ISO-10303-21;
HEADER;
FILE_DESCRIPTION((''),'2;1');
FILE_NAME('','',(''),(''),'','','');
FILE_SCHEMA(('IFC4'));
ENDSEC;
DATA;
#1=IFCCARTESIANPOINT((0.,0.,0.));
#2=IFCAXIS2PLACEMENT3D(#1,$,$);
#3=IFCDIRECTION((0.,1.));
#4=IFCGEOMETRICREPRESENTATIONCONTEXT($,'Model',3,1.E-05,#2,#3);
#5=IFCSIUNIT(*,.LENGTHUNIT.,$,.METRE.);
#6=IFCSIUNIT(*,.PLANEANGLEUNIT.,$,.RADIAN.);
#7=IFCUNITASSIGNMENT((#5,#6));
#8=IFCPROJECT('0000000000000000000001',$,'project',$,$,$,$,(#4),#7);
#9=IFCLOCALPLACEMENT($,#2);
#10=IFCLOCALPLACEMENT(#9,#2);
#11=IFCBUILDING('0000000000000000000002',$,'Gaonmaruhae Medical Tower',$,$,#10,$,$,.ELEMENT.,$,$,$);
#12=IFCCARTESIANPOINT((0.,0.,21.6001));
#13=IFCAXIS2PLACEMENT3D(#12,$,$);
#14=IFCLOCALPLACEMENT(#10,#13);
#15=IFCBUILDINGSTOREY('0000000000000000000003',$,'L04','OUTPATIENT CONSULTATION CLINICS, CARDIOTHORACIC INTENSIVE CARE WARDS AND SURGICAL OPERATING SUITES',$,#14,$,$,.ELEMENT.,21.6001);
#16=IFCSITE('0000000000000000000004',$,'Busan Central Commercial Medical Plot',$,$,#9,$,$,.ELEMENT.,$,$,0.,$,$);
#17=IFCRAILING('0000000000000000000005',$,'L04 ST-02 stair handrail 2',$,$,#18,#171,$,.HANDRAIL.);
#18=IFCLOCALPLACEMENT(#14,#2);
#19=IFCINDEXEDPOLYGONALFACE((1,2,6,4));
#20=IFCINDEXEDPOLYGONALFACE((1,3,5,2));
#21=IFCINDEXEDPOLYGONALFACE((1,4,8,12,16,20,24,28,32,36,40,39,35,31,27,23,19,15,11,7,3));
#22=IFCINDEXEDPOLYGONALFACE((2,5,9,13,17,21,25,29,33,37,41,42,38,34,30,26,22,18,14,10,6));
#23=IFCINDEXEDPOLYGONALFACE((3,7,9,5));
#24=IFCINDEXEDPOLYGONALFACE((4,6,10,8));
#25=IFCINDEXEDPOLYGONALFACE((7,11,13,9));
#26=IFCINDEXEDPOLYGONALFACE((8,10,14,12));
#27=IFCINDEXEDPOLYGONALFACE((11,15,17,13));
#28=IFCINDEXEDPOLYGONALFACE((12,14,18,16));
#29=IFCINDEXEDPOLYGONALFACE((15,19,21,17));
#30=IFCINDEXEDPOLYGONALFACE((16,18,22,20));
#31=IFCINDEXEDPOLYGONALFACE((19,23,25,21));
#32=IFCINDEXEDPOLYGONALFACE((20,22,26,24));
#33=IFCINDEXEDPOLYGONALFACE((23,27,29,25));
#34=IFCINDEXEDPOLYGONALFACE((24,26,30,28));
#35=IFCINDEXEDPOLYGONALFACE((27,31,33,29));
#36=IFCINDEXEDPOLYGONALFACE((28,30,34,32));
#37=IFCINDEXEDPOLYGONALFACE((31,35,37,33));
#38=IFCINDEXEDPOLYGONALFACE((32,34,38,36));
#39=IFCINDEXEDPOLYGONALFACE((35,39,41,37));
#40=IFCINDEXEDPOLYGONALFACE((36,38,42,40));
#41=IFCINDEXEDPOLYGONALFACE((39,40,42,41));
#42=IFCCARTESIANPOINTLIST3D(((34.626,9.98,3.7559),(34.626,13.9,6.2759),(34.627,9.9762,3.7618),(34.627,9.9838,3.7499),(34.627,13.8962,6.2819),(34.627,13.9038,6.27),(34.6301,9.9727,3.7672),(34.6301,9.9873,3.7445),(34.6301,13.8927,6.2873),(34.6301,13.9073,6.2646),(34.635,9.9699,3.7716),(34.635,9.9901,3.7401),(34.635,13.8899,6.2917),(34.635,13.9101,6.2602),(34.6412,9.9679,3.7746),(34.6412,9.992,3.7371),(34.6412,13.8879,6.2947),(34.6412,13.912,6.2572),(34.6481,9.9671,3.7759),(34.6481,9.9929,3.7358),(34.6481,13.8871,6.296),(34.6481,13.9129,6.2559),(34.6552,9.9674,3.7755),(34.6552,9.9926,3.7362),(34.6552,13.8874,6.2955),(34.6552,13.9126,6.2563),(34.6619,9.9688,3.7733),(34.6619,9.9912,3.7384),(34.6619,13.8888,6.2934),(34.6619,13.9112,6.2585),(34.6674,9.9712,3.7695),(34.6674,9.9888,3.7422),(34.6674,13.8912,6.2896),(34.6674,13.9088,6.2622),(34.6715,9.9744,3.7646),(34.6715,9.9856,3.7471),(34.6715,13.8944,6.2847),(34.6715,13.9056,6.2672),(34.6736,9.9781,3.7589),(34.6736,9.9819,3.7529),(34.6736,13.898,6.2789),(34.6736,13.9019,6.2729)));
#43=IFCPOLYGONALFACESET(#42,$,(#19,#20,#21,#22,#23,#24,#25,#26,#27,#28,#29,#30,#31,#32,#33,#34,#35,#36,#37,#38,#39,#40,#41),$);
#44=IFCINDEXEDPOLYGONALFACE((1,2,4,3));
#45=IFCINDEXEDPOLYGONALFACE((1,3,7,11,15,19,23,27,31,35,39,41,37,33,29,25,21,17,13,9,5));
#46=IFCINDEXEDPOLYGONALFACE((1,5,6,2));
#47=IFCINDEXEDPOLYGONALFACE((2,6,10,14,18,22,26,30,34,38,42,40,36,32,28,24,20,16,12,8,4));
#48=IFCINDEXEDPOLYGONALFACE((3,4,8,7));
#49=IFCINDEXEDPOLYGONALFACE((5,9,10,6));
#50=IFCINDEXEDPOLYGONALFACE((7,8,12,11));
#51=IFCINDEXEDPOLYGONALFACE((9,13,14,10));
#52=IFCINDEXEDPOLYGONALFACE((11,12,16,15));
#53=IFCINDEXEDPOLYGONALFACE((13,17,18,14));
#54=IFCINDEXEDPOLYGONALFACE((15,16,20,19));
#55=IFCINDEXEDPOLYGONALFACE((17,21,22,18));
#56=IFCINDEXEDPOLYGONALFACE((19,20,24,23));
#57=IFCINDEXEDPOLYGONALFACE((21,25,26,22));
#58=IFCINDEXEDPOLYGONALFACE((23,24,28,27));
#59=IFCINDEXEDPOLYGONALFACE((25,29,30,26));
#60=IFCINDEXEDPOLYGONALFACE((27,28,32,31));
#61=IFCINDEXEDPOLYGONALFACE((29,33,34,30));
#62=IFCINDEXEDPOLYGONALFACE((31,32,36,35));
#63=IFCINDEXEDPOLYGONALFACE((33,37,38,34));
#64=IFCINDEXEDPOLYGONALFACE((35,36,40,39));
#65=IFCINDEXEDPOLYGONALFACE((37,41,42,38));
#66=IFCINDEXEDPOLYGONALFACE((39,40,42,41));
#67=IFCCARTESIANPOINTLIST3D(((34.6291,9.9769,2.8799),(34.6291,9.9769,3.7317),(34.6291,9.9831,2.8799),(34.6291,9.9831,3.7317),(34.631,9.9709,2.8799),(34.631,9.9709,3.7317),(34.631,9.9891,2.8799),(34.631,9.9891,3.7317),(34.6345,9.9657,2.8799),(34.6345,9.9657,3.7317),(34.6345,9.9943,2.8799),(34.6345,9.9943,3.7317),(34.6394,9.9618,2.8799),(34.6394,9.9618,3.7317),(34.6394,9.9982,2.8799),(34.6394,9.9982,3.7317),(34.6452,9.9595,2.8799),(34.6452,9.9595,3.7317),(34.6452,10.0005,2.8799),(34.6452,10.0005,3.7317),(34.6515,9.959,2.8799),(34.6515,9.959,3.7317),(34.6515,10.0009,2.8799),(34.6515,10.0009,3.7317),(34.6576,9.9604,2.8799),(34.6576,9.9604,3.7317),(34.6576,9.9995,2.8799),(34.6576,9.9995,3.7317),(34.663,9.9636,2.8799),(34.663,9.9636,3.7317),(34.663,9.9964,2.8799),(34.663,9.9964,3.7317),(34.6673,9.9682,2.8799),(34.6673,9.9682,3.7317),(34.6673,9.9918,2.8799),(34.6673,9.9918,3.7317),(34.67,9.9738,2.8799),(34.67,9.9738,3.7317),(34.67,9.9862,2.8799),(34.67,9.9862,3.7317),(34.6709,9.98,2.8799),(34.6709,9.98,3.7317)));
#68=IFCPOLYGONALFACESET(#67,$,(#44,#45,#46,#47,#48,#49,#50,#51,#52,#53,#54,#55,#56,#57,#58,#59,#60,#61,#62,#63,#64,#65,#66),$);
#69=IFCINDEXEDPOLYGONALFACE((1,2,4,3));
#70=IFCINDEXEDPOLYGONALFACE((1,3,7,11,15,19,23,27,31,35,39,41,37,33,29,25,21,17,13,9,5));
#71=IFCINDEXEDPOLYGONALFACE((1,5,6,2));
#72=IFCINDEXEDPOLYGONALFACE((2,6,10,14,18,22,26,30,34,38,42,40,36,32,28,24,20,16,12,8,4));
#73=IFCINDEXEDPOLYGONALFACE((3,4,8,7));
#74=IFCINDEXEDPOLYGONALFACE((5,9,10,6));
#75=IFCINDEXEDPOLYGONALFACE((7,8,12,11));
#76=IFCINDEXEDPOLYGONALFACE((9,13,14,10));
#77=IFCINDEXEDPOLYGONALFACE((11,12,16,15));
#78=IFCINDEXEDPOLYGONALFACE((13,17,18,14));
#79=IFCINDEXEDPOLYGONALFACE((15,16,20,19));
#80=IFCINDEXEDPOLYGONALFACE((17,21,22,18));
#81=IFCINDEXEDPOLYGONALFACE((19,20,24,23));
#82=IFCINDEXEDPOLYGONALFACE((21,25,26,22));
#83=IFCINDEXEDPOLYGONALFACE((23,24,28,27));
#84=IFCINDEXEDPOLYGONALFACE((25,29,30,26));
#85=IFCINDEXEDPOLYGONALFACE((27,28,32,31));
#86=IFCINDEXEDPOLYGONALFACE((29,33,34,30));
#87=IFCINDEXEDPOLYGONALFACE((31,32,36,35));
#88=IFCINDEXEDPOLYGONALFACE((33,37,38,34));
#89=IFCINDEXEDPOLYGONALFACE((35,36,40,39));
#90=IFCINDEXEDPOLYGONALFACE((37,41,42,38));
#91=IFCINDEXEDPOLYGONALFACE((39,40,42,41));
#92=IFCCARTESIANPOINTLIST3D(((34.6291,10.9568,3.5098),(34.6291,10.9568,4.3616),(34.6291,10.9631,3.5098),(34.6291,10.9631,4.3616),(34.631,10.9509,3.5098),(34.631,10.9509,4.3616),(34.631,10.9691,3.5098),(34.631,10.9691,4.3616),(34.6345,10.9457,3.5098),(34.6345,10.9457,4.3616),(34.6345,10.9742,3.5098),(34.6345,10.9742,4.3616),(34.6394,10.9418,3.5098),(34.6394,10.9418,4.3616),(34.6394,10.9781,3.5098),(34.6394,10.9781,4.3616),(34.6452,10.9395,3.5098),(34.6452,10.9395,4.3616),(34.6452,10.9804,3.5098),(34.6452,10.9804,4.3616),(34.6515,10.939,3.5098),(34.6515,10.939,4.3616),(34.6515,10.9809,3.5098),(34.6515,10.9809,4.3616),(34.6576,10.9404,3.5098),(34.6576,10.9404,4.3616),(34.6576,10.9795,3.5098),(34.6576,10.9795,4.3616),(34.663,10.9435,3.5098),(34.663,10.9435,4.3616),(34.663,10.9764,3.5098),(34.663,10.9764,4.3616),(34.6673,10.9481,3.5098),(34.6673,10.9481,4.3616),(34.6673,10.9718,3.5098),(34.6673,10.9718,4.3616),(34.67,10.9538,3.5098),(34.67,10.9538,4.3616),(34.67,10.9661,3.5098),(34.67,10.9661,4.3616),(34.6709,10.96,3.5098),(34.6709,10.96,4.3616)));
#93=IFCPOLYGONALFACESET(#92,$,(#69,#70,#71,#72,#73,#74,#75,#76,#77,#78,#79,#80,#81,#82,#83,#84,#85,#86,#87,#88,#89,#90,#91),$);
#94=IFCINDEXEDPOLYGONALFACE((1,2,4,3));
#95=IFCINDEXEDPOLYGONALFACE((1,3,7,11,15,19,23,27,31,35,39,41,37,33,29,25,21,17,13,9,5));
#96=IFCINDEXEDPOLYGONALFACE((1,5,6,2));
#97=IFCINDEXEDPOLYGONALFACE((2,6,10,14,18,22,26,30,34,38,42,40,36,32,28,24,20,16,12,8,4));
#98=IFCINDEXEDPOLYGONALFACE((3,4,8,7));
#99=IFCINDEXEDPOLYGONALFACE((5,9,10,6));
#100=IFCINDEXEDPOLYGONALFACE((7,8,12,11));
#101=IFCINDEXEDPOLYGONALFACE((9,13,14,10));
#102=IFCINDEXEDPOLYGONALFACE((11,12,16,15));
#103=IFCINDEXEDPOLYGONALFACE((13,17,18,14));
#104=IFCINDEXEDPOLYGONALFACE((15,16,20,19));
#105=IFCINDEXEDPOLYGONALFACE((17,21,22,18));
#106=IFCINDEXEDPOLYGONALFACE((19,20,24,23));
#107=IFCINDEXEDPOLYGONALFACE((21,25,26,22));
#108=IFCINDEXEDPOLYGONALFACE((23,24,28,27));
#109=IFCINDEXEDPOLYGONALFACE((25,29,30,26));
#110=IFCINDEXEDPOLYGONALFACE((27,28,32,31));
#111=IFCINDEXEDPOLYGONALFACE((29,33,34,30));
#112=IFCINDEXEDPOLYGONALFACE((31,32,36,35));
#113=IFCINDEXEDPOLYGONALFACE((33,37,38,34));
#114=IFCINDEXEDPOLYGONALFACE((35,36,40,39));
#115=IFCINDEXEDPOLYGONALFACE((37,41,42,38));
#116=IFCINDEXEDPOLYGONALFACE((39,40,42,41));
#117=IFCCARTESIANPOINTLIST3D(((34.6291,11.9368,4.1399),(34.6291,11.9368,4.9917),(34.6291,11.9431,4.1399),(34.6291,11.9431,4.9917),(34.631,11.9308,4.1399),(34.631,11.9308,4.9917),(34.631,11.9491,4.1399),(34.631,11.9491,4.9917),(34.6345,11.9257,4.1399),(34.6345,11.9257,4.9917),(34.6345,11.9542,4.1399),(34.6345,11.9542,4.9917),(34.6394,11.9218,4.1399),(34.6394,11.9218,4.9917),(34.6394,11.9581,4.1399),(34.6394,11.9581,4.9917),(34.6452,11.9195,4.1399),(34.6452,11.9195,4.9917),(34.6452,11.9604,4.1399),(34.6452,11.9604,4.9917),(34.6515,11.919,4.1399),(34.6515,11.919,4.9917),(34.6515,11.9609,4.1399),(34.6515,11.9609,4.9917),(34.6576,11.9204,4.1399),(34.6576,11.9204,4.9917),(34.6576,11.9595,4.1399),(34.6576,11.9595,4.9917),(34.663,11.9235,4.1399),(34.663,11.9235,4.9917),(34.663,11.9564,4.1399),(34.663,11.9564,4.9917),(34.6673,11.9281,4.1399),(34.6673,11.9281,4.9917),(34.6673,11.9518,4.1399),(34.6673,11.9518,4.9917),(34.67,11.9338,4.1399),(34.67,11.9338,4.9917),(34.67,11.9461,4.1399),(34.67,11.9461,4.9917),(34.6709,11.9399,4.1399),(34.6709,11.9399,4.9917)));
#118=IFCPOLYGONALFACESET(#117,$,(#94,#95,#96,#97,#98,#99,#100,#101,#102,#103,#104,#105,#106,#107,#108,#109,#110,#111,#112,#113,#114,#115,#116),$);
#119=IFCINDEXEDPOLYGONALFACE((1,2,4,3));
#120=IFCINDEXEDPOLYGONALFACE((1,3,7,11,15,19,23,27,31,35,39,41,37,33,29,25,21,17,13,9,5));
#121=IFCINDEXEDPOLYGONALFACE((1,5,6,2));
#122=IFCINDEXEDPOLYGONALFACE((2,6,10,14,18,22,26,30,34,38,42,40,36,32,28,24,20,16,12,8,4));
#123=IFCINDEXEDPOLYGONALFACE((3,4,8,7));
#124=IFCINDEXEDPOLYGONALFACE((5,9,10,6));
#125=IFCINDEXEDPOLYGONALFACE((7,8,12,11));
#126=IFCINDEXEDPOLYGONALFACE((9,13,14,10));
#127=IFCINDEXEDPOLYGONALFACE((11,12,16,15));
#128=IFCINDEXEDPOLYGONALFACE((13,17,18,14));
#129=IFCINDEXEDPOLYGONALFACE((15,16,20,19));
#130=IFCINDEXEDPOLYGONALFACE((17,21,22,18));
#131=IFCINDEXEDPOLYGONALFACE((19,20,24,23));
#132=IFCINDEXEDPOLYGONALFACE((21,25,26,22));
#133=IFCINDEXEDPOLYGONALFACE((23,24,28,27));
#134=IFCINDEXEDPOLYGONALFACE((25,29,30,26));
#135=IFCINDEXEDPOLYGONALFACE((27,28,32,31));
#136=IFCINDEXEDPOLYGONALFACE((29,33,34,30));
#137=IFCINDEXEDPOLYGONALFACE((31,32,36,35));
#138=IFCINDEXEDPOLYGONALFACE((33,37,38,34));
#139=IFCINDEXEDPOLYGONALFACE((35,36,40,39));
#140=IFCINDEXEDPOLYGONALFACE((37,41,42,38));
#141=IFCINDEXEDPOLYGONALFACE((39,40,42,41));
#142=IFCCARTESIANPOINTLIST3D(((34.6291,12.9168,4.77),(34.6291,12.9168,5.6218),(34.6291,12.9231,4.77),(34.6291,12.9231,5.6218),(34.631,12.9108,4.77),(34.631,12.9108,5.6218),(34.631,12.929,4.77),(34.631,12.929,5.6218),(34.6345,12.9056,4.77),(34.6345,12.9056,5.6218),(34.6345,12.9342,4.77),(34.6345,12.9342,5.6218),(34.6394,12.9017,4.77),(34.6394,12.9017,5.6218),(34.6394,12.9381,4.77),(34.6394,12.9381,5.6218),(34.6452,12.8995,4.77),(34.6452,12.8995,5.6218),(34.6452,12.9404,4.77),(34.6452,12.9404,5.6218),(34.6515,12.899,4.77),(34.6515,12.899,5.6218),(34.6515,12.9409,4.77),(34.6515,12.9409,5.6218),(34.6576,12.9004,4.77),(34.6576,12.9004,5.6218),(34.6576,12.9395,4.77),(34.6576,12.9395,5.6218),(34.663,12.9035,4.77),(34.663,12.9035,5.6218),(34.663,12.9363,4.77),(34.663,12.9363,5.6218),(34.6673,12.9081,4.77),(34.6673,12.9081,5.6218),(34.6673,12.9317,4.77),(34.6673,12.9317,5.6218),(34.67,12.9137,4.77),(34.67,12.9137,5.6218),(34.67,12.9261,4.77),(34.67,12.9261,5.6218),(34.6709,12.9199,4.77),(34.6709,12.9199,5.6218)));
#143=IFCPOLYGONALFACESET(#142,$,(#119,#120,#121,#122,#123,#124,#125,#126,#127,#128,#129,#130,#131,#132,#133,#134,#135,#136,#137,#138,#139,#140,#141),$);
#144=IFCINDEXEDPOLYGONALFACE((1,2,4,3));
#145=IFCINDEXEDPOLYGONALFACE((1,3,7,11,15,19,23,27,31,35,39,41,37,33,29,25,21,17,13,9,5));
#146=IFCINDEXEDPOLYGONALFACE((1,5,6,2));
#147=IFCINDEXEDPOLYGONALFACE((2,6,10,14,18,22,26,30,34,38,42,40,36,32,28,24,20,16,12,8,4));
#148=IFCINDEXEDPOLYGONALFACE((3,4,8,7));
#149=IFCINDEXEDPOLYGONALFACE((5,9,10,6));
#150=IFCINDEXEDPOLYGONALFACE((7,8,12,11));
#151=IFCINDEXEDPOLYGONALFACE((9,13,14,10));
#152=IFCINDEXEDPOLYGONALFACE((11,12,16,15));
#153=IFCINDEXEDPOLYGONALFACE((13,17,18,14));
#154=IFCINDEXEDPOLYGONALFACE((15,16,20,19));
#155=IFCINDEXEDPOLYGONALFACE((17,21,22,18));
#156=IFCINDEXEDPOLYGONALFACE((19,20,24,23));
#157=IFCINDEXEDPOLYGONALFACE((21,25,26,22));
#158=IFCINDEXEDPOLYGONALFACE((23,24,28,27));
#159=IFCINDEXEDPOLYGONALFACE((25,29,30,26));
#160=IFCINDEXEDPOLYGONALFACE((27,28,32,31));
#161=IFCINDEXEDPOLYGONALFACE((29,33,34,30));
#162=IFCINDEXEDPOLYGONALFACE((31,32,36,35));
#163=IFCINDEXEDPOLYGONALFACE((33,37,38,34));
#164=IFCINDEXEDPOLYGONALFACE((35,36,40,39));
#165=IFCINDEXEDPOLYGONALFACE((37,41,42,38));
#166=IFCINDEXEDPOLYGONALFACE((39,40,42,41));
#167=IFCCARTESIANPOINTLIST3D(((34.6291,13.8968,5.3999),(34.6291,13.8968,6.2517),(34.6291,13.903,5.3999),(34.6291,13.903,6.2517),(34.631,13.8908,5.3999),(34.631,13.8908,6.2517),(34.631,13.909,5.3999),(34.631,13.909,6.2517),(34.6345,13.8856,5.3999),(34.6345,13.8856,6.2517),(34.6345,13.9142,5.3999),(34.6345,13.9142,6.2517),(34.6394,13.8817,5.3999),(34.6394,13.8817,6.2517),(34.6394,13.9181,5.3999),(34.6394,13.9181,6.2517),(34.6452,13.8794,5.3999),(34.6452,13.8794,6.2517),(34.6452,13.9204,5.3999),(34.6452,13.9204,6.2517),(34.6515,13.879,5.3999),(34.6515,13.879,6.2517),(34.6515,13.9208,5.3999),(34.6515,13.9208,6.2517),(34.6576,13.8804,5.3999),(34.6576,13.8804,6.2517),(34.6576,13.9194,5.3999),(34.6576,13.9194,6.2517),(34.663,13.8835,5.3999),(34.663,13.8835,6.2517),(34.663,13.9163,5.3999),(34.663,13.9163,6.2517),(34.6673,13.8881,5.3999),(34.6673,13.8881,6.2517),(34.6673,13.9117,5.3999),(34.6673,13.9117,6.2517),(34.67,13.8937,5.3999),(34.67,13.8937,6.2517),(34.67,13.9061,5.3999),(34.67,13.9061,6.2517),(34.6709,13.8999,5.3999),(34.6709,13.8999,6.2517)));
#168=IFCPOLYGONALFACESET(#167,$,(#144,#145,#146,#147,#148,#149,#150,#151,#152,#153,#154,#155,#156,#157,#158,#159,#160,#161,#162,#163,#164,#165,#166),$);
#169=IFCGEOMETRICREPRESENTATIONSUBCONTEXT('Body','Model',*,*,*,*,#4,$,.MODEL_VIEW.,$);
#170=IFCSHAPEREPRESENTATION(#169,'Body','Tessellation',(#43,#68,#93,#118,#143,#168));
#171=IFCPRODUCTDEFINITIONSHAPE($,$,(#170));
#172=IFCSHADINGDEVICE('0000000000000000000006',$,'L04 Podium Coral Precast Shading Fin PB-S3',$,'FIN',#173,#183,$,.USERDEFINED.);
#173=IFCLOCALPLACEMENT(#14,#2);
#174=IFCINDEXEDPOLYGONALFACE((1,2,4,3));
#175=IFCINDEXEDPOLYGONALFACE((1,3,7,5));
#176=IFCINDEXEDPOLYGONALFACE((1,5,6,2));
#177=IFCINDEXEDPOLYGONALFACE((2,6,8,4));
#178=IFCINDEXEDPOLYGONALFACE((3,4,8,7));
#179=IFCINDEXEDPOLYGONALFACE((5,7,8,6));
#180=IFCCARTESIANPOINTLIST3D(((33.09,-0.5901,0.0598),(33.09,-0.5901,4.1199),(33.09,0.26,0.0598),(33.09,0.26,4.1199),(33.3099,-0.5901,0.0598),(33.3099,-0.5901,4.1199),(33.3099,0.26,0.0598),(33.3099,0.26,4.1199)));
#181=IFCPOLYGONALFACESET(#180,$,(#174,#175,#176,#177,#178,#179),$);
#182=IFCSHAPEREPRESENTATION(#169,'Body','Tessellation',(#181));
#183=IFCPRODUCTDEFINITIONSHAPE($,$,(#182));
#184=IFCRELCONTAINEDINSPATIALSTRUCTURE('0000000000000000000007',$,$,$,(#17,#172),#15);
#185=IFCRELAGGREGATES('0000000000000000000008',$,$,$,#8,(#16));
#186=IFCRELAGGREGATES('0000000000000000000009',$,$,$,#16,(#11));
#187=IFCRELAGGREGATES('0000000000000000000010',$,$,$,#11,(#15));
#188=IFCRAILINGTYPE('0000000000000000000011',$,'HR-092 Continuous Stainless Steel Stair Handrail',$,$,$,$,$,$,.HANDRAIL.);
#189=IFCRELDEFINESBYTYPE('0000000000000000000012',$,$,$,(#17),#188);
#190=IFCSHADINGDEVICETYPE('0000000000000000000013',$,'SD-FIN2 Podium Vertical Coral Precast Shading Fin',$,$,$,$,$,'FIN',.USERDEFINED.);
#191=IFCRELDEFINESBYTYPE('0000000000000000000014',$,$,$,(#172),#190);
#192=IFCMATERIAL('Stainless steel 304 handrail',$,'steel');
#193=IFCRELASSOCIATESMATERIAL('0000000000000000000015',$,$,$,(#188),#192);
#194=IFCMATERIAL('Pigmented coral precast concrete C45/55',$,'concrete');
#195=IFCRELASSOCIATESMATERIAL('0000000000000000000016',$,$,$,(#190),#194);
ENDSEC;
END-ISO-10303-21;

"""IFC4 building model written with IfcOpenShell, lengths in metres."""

from ifc_helpers import new_model, si_unit, direction, frame, origin, origin_2d, place, context, subcontext, project, spatial, rectangle, circle, extrude, material, type_object, element, save


model = new_model("IFC4")

# Units and contexts
model_context = context("Model", 3, precision=1e-05, world=origin(), true_north=direction((0.0, 1.0)))
body_context = subcontext(model_context, "Body", "Model", "MODEL_VIEW")
ifc_project = project(units=[si_unit("LENGTHUNIT", "METRE"), si_unit("PLANEANGLEUNIT", "RADIAN")], contexts=[model_context])

# Site, building, storey
site_placement = place(None, origin())
site = spatial("IfcSite", under=ifc_project, at=site_placement, Name="Busan Central Commercial Medical Plot", CompositionType="ELEMENT", RefElevation=0.0)
building_placement = place(site_placement, origin())
building = spatial("IfcBuilding", under=site, at=building_placement, Name="Gaonmaruhae Medical Tower", CompositionType="ELEMENT")
storey_placement = place(building_placement, frame((0.0, 0.0, 21.6001)))
storey = spatial("IfcBuildingStorey", under=building, at=storey_placement, Name="L04", Description="OUTPATIENT CONSULTATION CLINICS, CARDIOTHORACIC INTENSIVE CARE WARDS AND SURGICAL OPERATING SUITES", CompositionType="ELEMENT", Elevation=21.6001)

# Railing
ifc_material_1 = material(Name="Stainless steel 304 handrail", Category="steel")
railing_type_1 = type_object("IfcRailingType", Name="HR-092 Continuous Stainless Steel Stair Handrail", PredefinedType="HANDRAIL", material=ifc_material_1)
railing_1_placement = place(storey_placement, frame((34.6499, 9.98, 2.8799)))
element("IfcRailing", 1, at=railing_1_placement, inside=storey, type_object=railing_type_1, Name="L04 ST-02 stair handrail 2", PredefinedType="HANDRAIL", context=body_context, shape_type="SweptSolid", body=[
    extrude(circle(Radius=0.0239, at=origin_2d()), frame((0.0, 0.0, 0.876), z_axis=(0.0, 0.841172, 0.540768), x_axis=(-1.0, 0.0, 0.0)), (0.0, 0.0, 1.0), 4.6602),
    extrude(circle(Radius=0.021, at=origin_2d()), origin(), (0.0, 0.0, 1.0), 0.8518),
    extrude(circle(Radius=0.021, at=origin_2d()), frame((0.0, 0.98, 0.6299)), (0.0, 0.0, 1.0), 0.8518),
    extrude(circle(Radius=0.021, at=origin_2d()), frame((0.0, 1.96, 1.26)), (0.0, 0.0, 1.0), 0.8518),
    extrude(circle(Radius=0.021, at=origin_2d()), frame((0.0, 2.9399, 1.8901)), (0.0, 0.0, 1.0), 0.8518),
    extrude(circle(Radius=0.021, at=origin_2d()), frame((0.0, 3.9199, 2.52)), (0.0, 0.0, 1.0), 0.8518),
])

# Shading device
ifc_material_2 = material(Name="Pigmented coral precast concrete C45/55", Category="concrete")
shading_device_type = type_object("IfcShadingDeviceType", Name="SD-FIN2 Podium Vertical Coral Precast Shading Fin", ElementType="FIN", PredefinedType="USERDEFINED", material=ifc_material_2)
shading_device_placement = place(storey_placement, frame((33.2, -0.165, 0.0598), z_axis=(0.0, 0.0, 1.0), x_axis=(-1.0, 0.0, 0.0)))
element("IfcShadingDevice", 2, at=shading_device_placement, inside=storey, type_object=shading_device_type, Name="L04 Podium Coral Precast Shading Fin PB-S3", ObjectType="FIN", PredefinedType="USERDEFINED", context=body_context, shape_type="SweptSolid", body=[
    extrude(rectangle(XDim=0.22, YDim=0.8501, at=origin_2d()), origin(), (0.0, 0.0, 1.0), 4.0601),
])

save(model, "model.ifc")
